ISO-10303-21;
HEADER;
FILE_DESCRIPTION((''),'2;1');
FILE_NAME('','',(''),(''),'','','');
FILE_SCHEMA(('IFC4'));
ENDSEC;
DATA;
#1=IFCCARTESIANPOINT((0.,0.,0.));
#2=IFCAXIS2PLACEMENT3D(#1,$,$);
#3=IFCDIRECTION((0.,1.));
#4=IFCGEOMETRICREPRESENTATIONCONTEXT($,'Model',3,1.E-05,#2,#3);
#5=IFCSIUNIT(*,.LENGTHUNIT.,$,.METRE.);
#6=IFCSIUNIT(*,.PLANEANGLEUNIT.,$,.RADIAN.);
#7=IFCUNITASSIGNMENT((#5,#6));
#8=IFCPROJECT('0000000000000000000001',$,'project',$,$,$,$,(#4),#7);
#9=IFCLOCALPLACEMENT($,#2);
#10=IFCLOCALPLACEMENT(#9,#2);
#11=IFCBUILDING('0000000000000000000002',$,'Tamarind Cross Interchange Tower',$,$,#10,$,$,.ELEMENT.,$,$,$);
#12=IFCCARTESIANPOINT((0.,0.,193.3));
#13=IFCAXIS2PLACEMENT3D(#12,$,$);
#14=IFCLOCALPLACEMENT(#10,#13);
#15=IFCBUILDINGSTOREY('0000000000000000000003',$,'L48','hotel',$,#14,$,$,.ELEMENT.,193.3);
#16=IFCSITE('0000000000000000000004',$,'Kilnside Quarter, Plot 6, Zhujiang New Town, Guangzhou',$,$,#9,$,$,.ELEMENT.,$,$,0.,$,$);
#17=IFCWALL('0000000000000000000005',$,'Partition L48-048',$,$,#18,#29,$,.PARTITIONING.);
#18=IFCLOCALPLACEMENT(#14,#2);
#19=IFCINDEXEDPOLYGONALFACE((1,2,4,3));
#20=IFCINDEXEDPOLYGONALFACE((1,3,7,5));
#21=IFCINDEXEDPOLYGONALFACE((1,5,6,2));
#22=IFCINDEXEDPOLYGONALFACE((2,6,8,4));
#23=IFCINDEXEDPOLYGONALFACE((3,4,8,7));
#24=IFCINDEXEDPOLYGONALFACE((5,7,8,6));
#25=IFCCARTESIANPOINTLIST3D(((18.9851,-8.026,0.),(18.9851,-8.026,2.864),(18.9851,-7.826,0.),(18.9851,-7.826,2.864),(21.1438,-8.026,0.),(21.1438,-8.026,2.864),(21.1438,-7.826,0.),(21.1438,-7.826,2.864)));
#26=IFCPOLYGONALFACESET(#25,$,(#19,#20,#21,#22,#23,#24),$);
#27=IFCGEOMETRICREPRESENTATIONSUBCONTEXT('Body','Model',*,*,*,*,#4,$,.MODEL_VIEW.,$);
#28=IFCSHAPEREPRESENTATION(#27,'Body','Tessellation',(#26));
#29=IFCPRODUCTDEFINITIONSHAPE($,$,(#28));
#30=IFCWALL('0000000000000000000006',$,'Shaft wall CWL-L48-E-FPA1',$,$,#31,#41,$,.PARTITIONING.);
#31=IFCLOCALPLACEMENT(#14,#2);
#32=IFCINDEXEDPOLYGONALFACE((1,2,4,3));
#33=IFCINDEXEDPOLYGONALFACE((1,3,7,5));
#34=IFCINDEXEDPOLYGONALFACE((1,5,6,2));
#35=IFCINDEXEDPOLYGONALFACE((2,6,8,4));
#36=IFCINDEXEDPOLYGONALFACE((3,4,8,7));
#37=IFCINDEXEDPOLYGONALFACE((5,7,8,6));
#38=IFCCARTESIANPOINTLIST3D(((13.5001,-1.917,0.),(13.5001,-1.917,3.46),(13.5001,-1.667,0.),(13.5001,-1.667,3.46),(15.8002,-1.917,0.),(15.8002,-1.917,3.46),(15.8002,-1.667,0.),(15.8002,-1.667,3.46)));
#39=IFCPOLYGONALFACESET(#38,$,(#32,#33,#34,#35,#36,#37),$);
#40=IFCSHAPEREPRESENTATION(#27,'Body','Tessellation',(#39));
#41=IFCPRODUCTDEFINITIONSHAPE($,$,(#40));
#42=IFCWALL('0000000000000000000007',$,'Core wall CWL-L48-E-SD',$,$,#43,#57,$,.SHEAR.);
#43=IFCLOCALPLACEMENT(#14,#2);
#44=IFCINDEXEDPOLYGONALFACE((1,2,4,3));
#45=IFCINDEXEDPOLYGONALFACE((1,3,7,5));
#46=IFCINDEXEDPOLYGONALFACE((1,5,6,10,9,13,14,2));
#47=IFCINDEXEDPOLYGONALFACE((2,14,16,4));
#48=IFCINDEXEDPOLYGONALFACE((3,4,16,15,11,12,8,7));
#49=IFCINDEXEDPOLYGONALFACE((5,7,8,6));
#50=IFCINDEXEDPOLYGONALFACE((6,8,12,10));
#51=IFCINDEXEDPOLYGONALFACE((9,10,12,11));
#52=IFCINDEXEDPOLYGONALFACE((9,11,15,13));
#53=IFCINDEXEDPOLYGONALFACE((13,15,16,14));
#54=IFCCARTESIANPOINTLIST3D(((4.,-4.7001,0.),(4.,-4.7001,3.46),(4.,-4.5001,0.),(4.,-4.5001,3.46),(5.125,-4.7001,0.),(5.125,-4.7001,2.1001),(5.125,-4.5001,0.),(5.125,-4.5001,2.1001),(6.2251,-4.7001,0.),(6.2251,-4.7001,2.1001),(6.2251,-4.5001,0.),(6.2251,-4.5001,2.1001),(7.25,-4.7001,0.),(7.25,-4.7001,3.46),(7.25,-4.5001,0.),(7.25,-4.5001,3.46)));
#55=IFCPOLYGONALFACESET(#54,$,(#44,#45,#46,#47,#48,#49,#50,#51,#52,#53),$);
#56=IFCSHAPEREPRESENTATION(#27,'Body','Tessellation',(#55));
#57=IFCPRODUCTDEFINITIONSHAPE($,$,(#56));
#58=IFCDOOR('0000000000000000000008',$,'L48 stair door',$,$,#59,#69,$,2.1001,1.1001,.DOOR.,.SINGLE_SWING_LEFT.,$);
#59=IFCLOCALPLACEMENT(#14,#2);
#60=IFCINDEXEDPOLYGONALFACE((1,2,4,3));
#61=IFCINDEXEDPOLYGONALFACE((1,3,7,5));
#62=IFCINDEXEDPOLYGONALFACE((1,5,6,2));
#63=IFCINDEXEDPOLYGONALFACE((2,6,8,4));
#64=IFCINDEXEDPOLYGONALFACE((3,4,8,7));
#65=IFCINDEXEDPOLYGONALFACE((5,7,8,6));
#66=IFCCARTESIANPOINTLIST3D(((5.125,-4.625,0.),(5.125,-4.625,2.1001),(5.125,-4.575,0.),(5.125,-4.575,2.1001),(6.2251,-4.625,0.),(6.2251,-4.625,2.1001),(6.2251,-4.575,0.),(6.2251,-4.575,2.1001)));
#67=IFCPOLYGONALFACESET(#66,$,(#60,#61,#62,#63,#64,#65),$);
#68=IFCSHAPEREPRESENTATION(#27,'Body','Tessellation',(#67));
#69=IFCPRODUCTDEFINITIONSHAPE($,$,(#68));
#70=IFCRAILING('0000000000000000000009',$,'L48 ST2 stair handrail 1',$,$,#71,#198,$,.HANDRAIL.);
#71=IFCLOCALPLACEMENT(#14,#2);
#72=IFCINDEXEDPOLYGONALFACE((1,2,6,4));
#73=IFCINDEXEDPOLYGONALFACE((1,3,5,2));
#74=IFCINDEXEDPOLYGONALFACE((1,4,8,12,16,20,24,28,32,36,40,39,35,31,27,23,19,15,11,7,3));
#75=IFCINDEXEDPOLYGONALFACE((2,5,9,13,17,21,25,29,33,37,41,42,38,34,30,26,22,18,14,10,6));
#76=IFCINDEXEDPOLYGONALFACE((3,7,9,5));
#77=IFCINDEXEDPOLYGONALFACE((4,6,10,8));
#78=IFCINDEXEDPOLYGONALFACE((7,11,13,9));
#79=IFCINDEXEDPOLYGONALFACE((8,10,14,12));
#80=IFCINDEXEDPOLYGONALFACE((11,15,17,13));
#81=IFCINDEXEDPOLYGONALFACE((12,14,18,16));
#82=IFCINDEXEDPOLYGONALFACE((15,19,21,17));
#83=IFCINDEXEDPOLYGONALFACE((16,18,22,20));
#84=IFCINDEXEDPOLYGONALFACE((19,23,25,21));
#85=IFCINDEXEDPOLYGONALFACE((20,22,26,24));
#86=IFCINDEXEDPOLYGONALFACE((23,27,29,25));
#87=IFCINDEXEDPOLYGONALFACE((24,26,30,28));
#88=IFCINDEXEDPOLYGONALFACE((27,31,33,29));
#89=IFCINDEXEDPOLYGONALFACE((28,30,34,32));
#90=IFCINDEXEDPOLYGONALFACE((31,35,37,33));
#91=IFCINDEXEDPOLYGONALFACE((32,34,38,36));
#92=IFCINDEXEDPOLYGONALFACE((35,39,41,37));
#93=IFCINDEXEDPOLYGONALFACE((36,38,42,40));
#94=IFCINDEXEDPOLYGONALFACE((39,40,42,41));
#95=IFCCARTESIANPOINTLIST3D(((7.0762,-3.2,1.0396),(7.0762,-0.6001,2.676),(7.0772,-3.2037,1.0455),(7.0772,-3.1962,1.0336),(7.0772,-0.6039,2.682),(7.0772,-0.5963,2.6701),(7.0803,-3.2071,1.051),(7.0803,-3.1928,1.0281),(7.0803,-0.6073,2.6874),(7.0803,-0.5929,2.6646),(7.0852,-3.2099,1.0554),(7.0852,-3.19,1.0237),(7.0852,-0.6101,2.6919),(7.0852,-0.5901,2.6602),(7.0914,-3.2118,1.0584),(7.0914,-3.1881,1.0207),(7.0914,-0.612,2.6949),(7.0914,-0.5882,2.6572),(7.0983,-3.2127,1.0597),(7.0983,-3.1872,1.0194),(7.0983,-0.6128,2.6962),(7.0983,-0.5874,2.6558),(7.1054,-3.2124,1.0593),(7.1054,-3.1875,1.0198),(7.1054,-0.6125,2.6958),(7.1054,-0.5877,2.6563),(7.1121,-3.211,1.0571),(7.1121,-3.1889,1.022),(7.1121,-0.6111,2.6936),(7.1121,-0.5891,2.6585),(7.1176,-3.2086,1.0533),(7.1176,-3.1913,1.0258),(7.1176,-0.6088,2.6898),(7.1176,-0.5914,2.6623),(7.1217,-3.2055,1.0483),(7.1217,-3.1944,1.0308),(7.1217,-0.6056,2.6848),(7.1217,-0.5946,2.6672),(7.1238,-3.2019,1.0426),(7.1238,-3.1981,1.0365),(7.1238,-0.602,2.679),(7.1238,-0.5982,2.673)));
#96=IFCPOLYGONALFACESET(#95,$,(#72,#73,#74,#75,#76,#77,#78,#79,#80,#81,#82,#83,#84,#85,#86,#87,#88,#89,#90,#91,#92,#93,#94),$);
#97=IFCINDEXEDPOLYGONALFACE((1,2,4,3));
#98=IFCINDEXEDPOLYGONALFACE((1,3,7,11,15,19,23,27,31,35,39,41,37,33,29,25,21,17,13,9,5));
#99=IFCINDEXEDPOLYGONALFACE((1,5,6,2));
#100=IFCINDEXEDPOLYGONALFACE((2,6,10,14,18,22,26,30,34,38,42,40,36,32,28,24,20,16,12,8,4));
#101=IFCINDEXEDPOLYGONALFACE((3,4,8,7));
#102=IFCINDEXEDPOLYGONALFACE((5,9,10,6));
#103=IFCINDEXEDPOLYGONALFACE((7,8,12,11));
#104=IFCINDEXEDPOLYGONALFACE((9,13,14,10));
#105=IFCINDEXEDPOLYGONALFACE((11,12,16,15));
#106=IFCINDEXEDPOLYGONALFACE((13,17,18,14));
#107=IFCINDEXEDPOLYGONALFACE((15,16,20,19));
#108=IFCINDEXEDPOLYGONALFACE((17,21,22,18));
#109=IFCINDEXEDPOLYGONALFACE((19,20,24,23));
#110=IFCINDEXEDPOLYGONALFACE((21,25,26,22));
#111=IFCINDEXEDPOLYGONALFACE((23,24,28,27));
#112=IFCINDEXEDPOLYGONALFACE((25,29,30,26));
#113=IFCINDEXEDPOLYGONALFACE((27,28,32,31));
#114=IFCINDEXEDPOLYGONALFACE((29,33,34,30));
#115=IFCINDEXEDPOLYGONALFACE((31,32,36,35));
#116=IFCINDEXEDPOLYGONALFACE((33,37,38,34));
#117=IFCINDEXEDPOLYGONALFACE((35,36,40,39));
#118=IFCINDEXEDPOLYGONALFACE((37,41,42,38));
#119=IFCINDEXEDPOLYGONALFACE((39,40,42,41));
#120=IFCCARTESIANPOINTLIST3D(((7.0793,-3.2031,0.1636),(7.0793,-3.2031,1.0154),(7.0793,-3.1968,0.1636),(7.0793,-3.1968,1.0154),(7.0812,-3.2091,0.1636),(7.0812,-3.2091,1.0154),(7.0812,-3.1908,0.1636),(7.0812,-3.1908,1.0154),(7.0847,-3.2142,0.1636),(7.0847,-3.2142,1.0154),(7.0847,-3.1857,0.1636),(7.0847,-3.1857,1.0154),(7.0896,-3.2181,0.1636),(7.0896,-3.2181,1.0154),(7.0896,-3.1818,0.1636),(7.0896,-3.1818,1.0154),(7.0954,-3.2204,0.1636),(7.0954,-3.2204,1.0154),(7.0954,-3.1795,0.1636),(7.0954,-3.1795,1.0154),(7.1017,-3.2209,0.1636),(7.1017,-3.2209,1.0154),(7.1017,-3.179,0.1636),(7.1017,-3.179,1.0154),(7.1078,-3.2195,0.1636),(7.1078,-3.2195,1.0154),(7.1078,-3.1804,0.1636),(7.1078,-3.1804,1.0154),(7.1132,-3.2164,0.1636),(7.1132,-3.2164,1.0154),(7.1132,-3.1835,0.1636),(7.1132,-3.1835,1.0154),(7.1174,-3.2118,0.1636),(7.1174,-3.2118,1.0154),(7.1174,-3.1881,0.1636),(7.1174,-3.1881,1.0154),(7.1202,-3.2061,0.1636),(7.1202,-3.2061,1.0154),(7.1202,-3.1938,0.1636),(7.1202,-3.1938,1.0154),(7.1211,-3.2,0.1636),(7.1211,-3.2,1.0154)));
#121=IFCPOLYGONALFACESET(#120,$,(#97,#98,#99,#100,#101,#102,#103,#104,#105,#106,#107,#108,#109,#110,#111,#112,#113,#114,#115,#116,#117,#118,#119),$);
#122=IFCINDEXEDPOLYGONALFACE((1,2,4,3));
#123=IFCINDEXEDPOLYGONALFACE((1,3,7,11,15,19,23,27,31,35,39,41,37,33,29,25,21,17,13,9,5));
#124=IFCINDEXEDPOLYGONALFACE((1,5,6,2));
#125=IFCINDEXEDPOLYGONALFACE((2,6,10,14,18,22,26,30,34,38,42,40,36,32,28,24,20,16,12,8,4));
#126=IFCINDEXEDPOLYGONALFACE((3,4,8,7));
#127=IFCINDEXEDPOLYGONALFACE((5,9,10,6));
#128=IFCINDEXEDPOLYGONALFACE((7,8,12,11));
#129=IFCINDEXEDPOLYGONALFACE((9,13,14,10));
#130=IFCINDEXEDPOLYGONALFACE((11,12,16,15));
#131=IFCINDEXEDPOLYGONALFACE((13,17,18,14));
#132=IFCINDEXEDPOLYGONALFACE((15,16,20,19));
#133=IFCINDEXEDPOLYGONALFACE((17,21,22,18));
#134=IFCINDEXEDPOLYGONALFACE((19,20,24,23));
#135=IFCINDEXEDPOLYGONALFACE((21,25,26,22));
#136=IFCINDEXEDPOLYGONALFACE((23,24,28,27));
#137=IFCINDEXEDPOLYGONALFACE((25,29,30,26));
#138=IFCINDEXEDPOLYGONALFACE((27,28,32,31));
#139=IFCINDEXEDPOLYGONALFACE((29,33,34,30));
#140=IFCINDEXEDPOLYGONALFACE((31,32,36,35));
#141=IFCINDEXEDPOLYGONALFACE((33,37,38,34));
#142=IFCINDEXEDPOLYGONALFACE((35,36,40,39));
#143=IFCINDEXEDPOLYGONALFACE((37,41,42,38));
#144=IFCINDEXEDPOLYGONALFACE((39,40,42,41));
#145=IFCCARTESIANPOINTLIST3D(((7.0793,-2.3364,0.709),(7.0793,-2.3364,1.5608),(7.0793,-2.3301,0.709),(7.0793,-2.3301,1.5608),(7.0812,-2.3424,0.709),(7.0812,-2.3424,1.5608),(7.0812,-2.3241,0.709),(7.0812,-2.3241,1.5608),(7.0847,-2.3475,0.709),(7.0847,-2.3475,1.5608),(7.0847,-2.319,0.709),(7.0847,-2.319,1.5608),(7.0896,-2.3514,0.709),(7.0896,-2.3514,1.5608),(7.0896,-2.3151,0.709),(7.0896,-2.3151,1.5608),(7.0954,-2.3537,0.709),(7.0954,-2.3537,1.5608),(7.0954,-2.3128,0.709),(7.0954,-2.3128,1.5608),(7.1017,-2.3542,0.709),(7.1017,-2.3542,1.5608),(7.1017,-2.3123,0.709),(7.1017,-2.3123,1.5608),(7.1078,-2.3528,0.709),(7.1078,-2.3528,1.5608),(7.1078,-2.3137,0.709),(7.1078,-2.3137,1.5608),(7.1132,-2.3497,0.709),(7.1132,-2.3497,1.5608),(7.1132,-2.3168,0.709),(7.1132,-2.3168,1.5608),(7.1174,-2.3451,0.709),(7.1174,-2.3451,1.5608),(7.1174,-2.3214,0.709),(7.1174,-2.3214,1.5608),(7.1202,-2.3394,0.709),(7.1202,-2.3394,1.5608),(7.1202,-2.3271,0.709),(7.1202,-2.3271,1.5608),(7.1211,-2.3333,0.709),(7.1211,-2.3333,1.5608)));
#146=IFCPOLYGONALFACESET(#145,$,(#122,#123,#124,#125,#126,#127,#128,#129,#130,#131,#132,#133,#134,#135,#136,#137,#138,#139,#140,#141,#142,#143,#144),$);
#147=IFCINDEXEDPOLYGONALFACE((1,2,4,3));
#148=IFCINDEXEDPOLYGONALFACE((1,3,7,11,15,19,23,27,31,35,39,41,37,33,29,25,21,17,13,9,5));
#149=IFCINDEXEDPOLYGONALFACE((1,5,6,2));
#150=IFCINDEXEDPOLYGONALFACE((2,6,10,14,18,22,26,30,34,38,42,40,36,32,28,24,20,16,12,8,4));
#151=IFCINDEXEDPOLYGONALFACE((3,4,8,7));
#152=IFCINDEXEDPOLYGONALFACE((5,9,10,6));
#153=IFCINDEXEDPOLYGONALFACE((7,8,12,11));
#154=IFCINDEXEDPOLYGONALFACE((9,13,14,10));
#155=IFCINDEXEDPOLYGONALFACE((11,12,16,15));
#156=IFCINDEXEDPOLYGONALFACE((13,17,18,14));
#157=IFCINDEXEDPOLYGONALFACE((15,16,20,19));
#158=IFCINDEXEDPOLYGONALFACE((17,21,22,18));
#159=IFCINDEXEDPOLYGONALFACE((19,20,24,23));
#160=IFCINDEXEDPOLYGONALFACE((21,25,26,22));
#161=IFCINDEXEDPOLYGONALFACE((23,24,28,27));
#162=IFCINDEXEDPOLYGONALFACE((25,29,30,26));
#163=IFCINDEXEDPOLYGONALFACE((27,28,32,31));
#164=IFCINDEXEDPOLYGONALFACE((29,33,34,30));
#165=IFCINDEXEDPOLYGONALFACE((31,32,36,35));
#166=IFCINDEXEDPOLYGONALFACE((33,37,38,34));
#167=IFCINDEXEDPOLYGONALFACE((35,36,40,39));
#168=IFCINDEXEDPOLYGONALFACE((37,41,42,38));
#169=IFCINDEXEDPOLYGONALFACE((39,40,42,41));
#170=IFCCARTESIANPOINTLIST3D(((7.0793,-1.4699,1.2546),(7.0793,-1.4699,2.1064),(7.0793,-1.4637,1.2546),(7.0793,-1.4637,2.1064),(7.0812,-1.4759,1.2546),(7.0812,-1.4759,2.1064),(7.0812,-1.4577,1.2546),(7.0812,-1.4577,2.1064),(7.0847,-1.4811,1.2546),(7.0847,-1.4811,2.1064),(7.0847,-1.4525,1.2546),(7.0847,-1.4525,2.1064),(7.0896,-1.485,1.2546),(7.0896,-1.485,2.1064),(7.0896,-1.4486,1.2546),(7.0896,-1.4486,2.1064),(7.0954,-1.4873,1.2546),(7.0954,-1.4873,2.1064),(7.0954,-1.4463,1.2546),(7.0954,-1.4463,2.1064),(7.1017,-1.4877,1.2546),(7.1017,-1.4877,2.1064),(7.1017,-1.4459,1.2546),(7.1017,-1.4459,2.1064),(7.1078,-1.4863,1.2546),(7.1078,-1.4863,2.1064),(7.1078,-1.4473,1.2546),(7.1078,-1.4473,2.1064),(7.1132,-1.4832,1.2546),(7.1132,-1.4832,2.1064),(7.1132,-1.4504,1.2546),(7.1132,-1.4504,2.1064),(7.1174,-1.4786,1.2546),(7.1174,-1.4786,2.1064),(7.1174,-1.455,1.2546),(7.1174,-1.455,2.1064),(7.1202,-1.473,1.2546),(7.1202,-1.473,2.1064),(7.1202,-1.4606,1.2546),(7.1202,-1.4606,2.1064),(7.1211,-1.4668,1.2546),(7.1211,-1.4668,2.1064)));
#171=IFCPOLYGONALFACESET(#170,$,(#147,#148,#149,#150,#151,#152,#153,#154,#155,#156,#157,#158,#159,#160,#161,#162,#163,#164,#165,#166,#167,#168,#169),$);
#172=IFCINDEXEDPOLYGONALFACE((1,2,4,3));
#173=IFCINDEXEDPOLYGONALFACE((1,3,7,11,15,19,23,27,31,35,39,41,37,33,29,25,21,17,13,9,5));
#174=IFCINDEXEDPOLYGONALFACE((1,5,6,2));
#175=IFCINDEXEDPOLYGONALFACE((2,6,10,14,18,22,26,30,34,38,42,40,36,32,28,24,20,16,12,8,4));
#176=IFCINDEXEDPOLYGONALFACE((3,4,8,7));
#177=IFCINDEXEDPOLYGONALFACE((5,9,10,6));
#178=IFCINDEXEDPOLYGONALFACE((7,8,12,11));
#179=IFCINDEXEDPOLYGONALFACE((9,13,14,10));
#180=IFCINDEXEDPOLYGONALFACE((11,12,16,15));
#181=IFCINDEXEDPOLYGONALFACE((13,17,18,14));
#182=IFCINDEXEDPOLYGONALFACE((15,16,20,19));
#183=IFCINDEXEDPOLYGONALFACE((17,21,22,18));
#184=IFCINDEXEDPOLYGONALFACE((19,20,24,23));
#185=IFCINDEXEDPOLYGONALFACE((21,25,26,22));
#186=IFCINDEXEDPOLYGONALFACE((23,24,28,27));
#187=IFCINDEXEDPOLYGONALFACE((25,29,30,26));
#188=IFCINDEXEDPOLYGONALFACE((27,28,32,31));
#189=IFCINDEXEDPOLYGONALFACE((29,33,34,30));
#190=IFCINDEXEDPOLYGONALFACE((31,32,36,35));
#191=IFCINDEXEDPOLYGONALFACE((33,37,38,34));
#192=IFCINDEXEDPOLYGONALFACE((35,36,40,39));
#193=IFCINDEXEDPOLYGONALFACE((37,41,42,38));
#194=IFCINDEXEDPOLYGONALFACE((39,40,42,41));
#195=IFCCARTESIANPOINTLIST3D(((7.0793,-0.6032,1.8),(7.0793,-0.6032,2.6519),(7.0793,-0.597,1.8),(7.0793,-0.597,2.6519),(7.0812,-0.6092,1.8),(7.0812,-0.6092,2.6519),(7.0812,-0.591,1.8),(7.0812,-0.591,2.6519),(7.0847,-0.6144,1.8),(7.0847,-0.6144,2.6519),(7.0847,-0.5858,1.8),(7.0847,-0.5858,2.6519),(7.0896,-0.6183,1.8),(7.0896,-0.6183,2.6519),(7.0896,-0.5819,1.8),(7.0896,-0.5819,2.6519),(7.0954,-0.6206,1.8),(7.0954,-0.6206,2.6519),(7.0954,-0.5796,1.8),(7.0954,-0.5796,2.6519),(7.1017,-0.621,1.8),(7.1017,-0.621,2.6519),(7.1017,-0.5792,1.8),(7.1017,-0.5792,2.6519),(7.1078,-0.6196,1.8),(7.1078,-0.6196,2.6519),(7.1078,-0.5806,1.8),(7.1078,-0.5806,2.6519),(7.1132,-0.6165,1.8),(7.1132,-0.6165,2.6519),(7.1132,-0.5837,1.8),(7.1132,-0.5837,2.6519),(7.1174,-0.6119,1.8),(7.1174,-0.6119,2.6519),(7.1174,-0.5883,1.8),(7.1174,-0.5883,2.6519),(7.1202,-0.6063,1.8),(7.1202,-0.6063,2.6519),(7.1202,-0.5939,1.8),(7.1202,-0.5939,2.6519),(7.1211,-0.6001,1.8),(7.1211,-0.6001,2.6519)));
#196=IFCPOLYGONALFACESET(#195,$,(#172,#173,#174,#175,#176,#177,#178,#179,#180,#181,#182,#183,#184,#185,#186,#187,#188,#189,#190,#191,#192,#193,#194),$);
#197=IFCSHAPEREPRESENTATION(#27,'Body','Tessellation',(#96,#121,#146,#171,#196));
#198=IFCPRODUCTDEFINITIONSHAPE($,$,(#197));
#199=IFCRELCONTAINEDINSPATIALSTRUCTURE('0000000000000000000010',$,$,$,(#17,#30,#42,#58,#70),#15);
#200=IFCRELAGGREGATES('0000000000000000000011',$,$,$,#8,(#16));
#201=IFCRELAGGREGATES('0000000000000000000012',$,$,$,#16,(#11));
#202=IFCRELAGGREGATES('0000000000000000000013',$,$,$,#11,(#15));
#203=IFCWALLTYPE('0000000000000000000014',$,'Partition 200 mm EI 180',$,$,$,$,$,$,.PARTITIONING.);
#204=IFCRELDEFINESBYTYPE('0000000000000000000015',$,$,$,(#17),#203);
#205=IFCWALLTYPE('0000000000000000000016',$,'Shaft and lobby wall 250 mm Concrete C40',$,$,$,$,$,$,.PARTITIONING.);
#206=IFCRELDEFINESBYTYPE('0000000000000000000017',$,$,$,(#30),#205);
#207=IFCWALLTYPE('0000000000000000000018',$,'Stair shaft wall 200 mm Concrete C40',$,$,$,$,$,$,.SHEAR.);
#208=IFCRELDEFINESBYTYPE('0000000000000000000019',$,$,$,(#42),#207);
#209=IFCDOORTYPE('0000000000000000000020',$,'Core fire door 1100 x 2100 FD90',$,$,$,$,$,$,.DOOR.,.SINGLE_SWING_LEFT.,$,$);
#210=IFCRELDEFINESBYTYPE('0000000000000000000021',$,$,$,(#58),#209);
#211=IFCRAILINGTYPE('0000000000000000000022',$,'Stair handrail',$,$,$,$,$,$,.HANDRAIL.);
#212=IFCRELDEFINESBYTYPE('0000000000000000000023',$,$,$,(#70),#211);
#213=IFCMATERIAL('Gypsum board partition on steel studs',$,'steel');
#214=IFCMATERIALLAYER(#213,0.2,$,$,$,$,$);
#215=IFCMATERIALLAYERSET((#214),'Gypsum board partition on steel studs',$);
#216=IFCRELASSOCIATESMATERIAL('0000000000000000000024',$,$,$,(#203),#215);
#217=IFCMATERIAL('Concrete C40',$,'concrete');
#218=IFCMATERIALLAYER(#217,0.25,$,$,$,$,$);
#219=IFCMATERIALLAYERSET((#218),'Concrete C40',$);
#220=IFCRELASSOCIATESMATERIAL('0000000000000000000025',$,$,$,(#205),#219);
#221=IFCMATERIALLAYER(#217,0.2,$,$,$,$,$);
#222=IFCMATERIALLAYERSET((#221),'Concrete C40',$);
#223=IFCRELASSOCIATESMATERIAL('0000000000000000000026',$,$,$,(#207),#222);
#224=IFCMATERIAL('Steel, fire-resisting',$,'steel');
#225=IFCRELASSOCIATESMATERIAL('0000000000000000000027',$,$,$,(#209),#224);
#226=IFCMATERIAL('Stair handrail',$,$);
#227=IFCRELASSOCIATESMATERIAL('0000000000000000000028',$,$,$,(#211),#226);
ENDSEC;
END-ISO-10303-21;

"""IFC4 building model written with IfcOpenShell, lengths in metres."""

from ifc_helpers import new_model, si_unit, direction, frame, frame_2d, origin, origin_2d, place, context, subcontext, project, spatial, rectangle, circle, extrude, material, layer, layer_set, type_object, element, fill, save


model = new_model("IFC4")

# Units and contexts
model_context = context("Model", 3, precision=1e-05, world=origin(), true_north=direction((0.0, 1.0)))
body_context = subcontext(model_context, "Body", "Model", "MODEL_VIEW")
ifc_project = project(units=[si_unit("LENGTHUNIT", "METRE"), si_unit("PLANEANGLEUNIT", "RADIAN")], contexts=[model_context])

# Site, building, storey
site_placement = place(None, origin())
site = spatial("IfcSite", under=ifc_project, at=site_placement, Name="Kilnside Quarter, Plot 6, Zhujiang New Town, Guangzhou", CompositionType="ELEMENT", RefElevation=0.0)
building_placement = place(site_placement, origin())
building = spatial("IfcBuilding", under=site, at=building_placement, Name="Tamarind Cross Interchange Tower", CompositionType="ELEMENT")
storey_placement = place(building_placement, frame((0.0, 0.0, 193.3)))
storey = spatial("IfcBuildingStorey", under=building, at=storey_placement, Name="L48", Description="hotel", CompositionType="ELEMENT", Elevation=193.3)

# Shared definitions
ifc_material_1 = material(Name="Steel, fire-resisting", Category="steel")

# Walls
ifc_material_2 = material(Name="Gypsum board partition on steel studs", Category="steel")
ifc_layer_1 = layer(ifc_material_2, 0.2)
ifc_layer_set_1 = layer_set([ifc_layer_1], Name="Gypsum board partition on steel studs")
wall_type_1 = type_object("IfcWallType", Name="Partition 200 mm EI 180", PredefinedType="PARTITIONING", material=ifc_layer_set_1)
wall_1_placement = place(storey_placement, frame((18.9851, -7.926, 0.0), z_axis=(0.0, 0.0, 1.0), x_axis=(1.0, 0.0, 0.0)))
element("IfcWall", 1, at=wall_1_placement, inside=storey, type_object=wall_type_1, Name="Partition L48-048", PredefinedType="PARTITIONING", context=body_context, shape_type="SweptSolid", body=[
    extrude(rectangle(XDim=2.1587, YDim=0.2, at=frame_2d((1.0793, 0.0))), origin(), (0.0, 0.0, 1.0), 2.864),
])
ifc_material_3 = material(Name="Concrete C40", Category="concrete")
ifc_layer_2 = layer(ifc_material_3, 0.25)
ifc_layer_set_2 = layer_set([ifc_layer_2], Name="Concrete C40")
wall_type_2 = type_object("IfcWallType", Name="Shaft and lobby wall 250 mm Concrete C40", PredefinedType="PARTITIONING", material=ifc_layer_set_2)
wall_2_placement = place(storey_placement, frame((15.8, -1.792, 0.0), z_axis=(0.0, 0.0, 1.0), x_axis=(-1.0, 0.0, 0.0)))
element("IfcWall", 2, at=wall_2_placement, inside=storey, type_object=wall_type_2, Name="Shaft wall CWL-L48-E-FPA1", PredefinedType="PARTITIONING", context=body_context, shape_type="SweptSolid", body=[
    extrude(rectangle(XDim=2.3, YDim=0.25, at=frame_2d((1.1499, 0.0))), origin(), (0.0, 0.0, 1.0), 3.46),
])

# Wall, opening, door
ifc_layer_3 = layer(ifc_material_3, 0.2)
ifc_layer_set_3 = layer_set([ifc_layer_3], Name="Concrete C40")
wall_type_3 = type_object("IfcWallType", Name="Stair shaft wall 200 mm Concrete C40", PredefinedType="SHEAR", material=ifc_layer_set_3)
wall_3_placement = place(storey_placement, frame((7.25, -4.6001, 0.0), z_axis=(0.0, 0.0, 1.0), x_axis=(-1.0, 0.0, 0.0)))
wall_3 = element("IfcWall", 3, at=wall_3_placement, inside=storey, type_object=wall_type_3, Name="Core wall CWL-L48-E-SD", PredefinedType="SHEAR", context=body_context, shape_type="SweptSolid", body=[
    extrude(rectangle(XDim=3.25, YDim=0.2, at=frame_2d((1.625, 0.0))), origin(), (0.0, 0.0, 1.0), 3.46),
])
opening_1_placement = place(wall_3_placement, frame((1.0249, 0.0, 0.0)))
opening_1 = element("IfcOpeningElement", 4, at=opening_1_placement, cuts=wall_3, PredefinedType="OPENING", context=body_context, shape_type="SweptSolid", body=[
    extrude(rectangle(XDim=1.1001, YDim=2.1001, at=frame_2d((0.55, 1.05))), frame((0.0, 0.1099, 0.0), z_axis=(0.0, -1.0, 0.0), x_axis=(1.0, 0.0, 0.0)), (0.0, 0.0, 1.0), 0.22),
])
door_type_1 = type_object("IfcDoorType", Name="Core fire door 1100 x 2100 FD90", OperationType="SINGLE_SWING_LEFT", PredefinedType="DOOR", material=ifc_material_1)
door_1_placement = place(opening_1_placement, origin())
door_1 = element("IfcDoor", 5, at=door_1_placement, inside=storey, type_object=door_type_1, Name="L48 stair door", OperationType="SINGLE_SWING_LEFT", OverallHeight=2.1001, OverallWidth=1.1001, PredefinedType="DOOR", context=body_context, shape_type="SweptSolid", body=[
    extrude(rectangle(XDim=1.1001, YDim=2.1001, at=frame_2d((0.55, 1.05))), frame((0.0, 0.0249, 0.0), z_axis=(0.0, -1.0, 0.0), x_axis=(1.0, 0.0, 0.0)), (0.0, 0.0, 1.0), 0.05),
])
fill(opening_1, door_1)

# Railing
ifc_material_4 = material(Name="Stair handrail")
railing_type_1 = type_object("IfcRailingType", Name="Stair handrail", PredefinedType="HANDRAIL", material=ifc_material_4)
railing_1_placement = place(storey_placement, frame((7.1001, -3.2, 0.1636)))
element("IfcRailing", 6, at=railing_1_placement, inside=storey, type_object=railing_type_1, Name="L48 ST2 stair handrail 1", PredefinedType="HANDRAIL", context=body_context, shape_type="SweptSolid", body=[
    extrude(circle(Radius=0.0239, at=origin_2d()), frame((0.0, 0.0, 0.876), z_axis=(0.0, 0.846302, 0.532704), x_axis=(-1.0, 0.0, 0.0)), (0.0, 0.0, 1.0), 3.072),
    extrude(circle(Radius=0.021, at=origin_2d()), origin(), (0.0, 0.0, 1.0), 0.8518),
    extrude(circle(Radius=0.021, at=origin_2d()), frame((0.0, 0.8667, 0.5454)), (0.0, 0.0, 1.0), 0.8518),
    extrude(circle(Radius=0.021, at=origin_2d()), frame((0.0, 1.7332, 1.0911)), (0.0, 0.0, 1.0), 0.8518),
    extrude(circle(Radius=0.021, at=origin_2d()), frame((0.0, 2.5999, 1.6365)), (0.0, 0.0, 1.0), 0.8518),
])

save(model, "model.ifc")
